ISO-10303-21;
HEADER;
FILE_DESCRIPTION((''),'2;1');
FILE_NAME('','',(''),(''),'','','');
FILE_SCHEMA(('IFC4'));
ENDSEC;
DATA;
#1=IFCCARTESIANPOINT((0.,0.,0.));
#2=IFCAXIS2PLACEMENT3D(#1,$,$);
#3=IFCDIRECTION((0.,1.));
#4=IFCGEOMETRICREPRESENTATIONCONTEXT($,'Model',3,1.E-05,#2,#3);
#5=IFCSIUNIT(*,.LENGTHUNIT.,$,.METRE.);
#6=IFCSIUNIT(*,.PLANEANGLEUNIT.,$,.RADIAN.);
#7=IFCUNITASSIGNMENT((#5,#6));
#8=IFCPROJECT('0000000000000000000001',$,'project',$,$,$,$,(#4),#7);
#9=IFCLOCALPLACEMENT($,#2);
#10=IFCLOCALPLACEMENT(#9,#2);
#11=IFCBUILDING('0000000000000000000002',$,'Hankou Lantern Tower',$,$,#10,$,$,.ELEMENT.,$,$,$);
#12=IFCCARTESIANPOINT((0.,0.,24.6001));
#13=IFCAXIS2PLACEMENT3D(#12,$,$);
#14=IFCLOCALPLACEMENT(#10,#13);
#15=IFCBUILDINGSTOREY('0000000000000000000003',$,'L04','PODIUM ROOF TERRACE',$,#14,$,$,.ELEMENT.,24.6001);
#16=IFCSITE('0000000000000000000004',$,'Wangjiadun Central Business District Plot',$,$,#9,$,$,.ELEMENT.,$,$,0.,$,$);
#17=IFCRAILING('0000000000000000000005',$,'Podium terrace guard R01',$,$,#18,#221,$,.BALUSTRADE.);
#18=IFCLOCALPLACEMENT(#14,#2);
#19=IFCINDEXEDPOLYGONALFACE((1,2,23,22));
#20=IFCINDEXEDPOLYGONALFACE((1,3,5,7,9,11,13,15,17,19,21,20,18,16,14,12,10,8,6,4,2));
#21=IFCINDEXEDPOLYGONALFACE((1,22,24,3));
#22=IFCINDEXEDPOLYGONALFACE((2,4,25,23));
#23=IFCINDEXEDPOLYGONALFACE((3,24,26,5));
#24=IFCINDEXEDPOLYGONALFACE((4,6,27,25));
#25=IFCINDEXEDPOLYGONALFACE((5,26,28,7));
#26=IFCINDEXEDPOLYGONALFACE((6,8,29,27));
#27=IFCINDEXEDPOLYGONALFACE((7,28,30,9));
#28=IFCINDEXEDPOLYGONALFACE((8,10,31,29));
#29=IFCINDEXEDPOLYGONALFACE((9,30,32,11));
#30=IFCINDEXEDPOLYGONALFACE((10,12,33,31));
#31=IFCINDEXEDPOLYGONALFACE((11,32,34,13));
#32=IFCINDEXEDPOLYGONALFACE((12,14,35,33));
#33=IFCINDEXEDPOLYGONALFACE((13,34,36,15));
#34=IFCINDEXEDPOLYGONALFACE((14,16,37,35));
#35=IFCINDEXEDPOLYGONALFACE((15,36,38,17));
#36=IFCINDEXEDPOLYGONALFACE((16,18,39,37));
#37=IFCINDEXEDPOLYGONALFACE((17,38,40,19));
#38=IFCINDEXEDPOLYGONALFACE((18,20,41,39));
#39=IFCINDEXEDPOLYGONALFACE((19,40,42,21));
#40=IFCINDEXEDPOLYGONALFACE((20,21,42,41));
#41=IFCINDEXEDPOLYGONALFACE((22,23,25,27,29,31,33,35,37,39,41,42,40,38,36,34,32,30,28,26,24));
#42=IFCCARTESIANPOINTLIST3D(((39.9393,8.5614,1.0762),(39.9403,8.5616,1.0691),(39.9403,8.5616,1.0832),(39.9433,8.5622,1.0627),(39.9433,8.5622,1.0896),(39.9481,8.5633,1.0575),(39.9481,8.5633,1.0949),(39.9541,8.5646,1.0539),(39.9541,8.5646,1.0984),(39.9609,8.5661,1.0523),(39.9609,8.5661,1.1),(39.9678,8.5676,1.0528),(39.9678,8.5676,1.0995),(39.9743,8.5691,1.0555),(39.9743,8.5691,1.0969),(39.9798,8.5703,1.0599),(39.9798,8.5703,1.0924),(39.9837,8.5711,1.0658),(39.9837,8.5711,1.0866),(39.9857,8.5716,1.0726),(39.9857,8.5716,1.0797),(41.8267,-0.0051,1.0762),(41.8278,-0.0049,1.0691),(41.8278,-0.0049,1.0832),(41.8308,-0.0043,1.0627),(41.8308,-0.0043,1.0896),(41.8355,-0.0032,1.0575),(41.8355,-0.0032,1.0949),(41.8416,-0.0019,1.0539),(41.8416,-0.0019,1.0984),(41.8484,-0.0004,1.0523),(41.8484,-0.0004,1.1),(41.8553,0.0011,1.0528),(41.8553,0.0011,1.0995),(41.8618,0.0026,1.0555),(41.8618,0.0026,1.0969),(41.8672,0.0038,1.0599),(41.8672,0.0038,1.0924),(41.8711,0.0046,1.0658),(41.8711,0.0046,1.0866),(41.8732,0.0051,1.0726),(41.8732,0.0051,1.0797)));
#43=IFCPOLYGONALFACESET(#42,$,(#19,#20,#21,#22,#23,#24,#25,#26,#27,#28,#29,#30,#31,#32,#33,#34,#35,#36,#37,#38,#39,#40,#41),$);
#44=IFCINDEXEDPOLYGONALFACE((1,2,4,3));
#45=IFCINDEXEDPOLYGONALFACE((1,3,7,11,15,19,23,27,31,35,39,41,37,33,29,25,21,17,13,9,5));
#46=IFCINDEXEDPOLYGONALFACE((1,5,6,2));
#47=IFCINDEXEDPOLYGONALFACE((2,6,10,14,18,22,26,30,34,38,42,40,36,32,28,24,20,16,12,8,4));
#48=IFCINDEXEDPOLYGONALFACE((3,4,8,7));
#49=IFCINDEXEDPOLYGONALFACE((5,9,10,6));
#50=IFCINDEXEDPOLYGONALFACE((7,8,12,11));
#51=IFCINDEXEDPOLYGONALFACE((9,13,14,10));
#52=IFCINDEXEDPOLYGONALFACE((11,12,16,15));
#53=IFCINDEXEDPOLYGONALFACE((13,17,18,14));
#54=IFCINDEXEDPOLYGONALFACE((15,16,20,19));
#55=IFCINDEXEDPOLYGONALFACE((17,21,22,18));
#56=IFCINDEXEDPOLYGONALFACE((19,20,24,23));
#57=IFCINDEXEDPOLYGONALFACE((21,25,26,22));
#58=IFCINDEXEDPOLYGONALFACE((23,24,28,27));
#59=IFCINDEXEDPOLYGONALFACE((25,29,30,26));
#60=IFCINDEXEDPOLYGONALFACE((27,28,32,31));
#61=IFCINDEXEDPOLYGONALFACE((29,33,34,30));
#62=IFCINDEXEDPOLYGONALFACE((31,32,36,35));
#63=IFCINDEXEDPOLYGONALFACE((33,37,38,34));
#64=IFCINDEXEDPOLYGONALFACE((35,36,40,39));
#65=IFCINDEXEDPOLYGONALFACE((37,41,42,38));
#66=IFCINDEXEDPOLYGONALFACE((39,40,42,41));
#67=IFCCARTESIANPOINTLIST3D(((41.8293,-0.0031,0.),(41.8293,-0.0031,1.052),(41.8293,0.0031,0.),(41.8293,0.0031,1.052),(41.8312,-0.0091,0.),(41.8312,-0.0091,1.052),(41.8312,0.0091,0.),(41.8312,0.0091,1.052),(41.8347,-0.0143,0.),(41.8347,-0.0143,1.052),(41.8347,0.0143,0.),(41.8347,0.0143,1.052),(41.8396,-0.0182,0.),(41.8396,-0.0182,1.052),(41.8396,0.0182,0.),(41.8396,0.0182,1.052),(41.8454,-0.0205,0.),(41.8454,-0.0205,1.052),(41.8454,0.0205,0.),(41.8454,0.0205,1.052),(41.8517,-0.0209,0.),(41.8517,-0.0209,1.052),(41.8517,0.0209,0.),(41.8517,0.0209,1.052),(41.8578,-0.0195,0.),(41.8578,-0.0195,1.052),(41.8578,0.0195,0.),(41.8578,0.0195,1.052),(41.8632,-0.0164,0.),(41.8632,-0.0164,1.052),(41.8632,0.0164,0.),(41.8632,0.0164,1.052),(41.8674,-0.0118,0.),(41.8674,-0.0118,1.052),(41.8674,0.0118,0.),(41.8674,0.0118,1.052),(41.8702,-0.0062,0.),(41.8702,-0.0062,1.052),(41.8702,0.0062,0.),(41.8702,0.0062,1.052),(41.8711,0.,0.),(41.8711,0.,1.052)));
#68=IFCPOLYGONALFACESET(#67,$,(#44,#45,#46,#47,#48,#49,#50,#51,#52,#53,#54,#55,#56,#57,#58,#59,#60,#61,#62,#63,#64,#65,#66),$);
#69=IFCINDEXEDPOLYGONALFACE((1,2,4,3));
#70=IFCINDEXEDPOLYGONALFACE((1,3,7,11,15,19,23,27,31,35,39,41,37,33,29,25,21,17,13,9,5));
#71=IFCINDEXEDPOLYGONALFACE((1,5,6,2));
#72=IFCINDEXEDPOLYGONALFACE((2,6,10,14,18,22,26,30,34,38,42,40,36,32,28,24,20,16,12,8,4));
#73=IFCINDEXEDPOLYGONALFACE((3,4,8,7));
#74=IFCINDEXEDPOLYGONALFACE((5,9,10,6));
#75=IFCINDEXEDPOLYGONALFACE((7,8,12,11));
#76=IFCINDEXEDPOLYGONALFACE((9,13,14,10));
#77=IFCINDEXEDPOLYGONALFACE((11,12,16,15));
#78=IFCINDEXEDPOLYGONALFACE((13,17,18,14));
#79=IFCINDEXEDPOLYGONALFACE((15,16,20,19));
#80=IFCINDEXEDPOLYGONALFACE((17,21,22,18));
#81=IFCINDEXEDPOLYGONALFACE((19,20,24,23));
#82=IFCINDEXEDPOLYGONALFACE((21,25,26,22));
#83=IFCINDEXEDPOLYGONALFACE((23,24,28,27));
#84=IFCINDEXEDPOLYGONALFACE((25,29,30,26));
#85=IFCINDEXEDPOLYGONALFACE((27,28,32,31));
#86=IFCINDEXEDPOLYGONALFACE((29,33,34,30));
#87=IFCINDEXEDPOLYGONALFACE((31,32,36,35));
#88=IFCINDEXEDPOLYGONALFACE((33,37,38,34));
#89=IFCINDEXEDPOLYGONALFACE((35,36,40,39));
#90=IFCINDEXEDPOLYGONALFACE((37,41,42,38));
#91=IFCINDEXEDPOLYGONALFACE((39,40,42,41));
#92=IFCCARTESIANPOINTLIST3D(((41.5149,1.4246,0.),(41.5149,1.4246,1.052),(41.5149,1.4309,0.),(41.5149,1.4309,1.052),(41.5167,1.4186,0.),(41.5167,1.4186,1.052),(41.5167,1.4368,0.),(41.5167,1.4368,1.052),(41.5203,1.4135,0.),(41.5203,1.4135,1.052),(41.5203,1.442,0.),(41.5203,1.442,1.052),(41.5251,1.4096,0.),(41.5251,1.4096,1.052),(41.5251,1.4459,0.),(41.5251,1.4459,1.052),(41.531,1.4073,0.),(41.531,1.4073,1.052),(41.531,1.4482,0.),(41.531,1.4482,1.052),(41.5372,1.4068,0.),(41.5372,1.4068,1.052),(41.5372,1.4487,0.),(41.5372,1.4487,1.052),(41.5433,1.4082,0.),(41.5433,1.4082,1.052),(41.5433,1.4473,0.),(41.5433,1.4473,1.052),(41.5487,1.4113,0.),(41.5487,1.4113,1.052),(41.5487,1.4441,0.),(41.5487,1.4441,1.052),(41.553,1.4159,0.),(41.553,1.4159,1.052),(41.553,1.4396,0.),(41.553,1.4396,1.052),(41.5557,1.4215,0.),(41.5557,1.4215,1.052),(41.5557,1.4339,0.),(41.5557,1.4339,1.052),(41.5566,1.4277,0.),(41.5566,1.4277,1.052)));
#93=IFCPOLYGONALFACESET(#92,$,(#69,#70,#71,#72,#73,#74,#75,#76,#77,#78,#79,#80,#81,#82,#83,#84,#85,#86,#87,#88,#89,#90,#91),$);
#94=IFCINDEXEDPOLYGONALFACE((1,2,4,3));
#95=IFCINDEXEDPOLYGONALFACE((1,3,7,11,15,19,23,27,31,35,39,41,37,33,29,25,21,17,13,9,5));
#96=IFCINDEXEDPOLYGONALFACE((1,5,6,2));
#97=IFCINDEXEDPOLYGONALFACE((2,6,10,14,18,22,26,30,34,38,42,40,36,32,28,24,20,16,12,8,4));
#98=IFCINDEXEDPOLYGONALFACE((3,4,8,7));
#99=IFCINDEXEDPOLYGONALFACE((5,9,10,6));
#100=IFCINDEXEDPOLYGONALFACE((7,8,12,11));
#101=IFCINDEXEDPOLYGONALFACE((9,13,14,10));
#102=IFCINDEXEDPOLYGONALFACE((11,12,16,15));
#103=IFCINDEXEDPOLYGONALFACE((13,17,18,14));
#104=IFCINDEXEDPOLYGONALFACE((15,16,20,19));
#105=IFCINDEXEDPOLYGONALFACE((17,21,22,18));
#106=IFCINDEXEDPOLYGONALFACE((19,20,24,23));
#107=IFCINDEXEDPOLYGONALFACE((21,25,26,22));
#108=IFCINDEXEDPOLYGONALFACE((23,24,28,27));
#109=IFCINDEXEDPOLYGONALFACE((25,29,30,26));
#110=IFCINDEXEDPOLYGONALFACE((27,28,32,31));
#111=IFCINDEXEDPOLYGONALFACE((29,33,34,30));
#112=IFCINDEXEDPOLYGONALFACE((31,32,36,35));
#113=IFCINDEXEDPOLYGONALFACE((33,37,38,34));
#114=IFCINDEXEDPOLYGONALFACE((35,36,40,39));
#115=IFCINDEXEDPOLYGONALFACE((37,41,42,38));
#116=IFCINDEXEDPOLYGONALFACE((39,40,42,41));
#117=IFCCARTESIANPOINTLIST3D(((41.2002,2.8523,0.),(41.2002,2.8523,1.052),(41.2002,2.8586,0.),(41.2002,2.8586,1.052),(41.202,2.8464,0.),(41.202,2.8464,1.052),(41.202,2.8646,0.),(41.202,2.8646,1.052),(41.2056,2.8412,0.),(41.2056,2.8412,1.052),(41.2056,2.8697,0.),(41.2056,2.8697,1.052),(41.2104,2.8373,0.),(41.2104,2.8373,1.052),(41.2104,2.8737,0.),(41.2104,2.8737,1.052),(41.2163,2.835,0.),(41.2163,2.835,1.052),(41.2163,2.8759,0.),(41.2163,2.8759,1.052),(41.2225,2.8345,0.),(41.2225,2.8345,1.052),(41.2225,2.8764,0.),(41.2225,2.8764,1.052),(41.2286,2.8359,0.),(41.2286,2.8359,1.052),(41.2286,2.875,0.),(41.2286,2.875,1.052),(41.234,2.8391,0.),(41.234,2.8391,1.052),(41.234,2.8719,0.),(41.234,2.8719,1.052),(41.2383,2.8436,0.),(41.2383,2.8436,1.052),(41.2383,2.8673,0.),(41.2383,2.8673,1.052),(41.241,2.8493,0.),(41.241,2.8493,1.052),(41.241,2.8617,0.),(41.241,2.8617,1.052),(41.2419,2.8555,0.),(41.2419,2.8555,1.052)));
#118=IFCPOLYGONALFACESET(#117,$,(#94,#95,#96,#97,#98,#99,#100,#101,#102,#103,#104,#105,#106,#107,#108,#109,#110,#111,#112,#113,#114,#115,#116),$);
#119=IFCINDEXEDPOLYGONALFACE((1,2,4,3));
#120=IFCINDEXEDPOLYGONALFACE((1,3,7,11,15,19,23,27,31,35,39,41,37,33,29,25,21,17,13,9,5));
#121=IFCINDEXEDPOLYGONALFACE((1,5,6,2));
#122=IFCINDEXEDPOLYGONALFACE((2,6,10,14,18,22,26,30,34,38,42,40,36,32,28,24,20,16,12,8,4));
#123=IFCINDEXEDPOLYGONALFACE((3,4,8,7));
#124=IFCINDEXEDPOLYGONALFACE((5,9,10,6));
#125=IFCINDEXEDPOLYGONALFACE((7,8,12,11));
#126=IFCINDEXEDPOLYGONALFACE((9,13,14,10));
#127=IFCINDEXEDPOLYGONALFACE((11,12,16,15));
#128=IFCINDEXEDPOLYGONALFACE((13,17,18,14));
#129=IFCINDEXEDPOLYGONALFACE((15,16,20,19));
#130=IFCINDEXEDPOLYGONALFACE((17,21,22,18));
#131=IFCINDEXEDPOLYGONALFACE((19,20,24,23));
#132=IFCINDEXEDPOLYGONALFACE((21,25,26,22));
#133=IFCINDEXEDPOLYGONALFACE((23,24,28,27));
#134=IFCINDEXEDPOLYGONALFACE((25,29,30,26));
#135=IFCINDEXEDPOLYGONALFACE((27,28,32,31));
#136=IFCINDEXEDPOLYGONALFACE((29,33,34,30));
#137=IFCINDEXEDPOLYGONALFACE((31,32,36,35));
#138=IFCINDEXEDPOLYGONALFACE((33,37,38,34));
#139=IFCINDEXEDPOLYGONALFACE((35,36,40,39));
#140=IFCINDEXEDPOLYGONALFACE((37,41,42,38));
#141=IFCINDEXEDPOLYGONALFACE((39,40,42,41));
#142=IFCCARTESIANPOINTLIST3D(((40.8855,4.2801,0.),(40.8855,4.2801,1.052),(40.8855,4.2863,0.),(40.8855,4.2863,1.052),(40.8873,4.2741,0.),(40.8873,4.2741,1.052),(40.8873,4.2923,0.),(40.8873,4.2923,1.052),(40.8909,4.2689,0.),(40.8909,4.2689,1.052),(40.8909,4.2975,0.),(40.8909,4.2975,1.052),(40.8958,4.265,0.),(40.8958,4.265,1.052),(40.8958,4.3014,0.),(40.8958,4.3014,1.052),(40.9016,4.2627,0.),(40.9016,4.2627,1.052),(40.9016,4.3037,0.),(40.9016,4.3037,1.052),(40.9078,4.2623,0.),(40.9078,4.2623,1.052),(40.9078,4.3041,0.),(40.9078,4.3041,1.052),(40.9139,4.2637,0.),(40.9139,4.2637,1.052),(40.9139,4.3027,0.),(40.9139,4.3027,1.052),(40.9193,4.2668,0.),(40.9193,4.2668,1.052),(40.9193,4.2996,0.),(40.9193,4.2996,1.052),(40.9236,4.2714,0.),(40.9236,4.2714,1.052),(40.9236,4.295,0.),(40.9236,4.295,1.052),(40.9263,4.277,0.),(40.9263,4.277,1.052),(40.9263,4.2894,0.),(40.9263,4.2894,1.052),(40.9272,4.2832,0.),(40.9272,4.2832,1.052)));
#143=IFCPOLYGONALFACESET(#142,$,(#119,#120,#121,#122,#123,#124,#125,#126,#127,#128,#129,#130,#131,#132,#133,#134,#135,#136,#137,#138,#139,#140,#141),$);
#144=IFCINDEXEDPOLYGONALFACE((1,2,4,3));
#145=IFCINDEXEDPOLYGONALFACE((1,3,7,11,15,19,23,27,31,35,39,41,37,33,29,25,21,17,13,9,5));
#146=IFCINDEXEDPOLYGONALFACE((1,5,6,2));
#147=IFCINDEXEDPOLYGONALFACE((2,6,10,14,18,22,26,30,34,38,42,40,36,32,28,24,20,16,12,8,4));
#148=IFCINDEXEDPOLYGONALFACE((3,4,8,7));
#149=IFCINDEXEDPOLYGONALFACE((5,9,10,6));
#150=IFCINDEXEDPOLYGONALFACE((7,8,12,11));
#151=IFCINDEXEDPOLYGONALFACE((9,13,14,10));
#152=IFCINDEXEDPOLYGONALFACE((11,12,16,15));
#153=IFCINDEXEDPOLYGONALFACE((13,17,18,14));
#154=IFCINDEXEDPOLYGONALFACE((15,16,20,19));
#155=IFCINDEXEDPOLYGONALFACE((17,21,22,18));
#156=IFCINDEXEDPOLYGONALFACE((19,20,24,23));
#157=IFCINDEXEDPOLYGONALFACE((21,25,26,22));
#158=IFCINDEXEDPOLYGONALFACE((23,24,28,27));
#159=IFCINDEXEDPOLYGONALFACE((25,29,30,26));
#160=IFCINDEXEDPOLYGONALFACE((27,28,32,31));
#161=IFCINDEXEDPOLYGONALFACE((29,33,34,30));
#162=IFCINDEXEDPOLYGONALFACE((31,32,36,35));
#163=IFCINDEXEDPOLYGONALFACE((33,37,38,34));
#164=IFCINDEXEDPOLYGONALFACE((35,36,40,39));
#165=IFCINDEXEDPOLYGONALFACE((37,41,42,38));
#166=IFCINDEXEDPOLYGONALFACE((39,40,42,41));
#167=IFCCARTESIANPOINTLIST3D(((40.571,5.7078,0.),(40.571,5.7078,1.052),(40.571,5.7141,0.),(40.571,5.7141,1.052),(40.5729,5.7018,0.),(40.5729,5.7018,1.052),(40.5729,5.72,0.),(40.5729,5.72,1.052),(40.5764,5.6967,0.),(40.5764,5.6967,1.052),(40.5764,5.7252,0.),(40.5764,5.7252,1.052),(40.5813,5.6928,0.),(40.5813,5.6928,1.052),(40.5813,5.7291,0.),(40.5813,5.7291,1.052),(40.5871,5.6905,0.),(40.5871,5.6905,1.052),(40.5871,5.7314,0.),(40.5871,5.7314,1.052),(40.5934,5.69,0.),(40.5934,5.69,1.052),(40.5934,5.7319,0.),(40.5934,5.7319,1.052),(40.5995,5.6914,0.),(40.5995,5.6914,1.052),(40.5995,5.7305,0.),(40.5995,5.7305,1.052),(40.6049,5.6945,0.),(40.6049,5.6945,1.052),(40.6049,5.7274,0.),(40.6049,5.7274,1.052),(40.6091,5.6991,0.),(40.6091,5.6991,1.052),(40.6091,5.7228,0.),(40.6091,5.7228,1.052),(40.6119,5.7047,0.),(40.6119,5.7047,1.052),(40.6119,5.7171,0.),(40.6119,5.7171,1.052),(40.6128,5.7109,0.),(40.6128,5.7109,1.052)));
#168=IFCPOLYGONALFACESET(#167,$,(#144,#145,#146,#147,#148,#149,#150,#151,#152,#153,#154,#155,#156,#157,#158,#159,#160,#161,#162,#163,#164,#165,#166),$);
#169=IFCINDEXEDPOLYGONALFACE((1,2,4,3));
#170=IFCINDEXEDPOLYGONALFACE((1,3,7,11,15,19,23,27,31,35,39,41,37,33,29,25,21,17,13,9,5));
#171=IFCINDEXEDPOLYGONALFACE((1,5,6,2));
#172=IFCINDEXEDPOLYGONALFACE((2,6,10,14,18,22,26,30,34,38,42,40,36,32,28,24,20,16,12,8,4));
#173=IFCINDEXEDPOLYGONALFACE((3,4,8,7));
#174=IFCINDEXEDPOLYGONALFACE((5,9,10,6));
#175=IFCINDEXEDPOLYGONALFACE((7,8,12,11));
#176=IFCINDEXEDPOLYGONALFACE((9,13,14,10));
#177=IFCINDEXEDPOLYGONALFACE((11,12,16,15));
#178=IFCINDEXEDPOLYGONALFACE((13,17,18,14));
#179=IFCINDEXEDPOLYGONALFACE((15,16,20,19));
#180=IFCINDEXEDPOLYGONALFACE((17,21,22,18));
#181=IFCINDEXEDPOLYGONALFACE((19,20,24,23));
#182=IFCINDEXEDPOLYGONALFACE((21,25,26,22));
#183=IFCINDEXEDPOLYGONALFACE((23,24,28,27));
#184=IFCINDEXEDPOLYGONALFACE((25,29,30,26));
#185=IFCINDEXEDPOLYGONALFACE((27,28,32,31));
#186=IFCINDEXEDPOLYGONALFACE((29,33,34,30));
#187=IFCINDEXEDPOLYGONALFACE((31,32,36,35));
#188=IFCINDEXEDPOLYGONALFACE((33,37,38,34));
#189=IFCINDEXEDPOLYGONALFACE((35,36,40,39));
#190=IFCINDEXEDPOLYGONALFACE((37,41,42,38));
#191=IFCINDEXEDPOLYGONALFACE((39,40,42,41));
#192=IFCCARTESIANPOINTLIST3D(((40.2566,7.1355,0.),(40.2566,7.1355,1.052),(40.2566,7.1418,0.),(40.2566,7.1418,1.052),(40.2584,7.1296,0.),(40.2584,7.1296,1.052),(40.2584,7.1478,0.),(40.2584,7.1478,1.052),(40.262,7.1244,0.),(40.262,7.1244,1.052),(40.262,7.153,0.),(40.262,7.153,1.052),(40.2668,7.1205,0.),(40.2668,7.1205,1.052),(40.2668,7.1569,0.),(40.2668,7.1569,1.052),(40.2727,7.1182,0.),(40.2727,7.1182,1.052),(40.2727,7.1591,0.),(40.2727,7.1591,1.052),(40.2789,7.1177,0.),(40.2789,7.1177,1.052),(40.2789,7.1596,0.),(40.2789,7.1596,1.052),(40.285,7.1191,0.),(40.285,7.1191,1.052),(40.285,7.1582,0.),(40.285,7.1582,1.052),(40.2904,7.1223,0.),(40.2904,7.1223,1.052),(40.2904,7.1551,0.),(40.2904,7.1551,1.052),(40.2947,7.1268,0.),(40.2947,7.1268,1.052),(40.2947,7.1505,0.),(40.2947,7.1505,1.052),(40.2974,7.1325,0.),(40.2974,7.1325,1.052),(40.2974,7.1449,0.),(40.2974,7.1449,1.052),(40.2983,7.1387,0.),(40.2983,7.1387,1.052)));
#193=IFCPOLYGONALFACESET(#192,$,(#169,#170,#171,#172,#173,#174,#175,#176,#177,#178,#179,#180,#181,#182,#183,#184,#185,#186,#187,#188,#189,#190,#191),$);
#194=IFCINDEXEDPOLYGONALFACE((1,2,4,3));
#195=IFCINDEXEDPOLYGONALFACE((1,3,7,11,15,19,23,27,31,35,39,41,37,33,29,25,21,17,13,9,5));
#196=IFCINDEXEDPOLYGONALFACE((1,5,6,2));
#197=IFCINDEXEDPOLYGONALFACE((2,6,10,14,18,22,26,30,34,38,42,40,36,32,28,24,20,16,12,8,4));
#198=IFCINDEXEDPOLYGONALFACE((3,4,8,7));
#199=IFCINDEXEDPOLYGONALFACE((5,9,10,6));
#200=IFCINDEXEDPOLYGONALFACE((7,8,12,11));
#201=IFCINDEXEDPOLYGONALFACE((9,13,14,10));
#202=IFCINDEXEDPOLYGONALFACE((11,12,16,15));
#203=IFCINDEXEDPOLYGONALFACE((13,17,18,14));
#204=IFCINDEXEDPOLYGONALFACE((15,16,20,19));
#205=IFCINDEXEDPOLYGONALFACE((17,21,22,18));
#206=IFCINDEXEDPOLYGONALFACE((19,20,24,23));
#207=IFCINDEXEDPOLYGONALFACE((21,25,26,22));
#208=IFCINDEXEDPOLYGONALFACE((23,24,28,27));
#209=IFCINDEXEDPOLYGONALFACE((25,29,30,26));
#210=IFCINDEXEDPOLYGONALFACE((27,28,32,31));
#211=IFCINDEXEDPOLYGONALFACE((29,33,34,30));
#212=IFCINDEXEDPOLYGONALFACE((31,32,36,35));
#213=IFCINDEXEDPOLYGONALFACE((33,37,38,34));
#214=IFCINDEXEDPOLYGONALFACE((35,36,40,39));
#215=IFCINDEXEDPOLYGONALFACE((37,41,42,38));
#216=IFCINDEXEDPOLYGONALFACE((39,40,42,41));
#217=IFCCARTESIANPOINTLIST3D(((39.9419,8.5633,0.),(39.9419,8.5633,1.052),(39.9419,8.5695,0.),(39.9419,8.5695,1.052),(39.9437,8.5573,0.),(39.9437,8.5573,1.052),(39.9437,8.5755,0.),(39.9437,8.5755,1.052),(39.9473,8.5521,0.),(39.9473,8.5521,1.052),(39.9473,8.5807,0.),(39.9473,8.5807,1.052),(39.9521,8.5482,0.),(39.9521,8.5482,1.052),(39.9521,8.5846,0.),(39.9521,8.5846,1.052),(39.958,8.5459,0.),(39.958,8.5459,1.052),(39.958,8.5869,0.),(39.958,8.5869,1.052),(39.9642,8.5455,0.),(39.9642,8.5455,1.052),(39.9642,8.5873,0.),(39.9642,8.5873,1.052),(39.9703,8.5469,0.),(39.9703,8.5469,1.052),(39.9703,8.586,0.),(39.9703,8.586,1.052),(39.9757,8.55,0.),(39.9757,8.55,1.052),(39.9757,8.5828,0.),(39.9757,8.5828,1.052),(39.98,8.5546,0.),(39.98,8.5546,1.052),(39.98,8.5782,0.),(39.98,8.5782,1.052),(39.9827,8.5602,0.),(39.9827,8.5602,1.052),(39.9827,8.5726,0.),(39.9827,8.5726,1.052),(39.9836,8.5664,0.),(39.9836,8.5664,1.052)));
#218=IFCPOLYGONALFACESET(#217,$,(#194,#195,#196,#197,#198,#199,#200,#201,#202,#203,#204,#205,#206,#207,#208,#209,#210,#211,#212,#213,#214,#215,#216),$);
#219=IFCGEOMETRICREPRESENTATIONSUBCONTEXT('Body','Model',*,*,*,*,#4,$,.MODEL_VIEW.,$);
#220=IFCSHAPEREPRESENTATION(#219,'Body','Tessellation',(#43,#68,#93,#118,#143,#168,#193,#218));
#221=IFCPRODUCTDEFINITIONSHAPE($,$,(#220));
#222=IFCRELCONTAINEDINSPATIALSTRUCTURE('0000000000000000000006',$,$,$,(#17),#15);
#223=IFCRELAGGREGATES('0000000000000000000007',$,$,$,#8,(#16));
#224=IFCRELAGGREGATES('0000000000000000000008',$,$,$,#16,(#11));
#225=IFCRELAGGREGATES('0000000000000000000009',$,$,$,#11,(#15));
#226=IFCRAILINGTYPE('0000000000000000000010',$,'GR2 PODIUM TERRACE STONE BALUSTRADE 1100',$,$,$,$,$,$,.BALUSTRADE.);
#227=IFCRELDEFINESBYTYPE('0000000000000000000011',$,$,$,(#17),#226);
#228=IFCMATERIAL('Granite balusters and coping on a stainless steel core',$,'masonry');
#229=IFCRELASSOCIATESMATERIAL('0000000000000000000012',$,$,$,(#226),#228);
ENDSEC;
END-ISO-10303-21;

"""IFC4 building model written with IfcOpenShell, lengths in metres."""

from ifc_helpers import new_model, si_unit, direction, frame, origin, origin_2d, place, context, subcontext, project, spatial, circle, extrude, material, type_object, element, save


model = new_model("IFC4")

# Units and contexts
model_context = context("Model", 3, precision=1e-05, world=origin(), true_north=direction((0.0, 1.0)))
body_context = subcontext(model_context, "Body", "Model", "MODEL_VIEW")
ifc_project = project(units=[si_unit("LENGTHUNIT", "METRE"), si_unit("PLANEANGLEUNIT", "RADIAN")], contexts=[model_context])

# Site, building, storey
site_placement = place(None, origin())
site = spatial("IfcSite", under=ifc_project, at=site_placement, Name="Wangjiadun Central Business District Plot", CompositionType="ELEMENT", RefElevation=0.0)
building_placement = place(site_placement, origin())
building = spatial("IfcBuilding", under=site, at=building_placement, Name="Hankou Lantern Tower", CompositionType="ELEMENT")
storey_placement = place(building_placement, frame((0.0, 0.0, 24.6001)))
storey = spatial("IfcBuildingStorey", under=building, at=storey_placement, Name="L04", Description="PODIUM ROOF TERRACE", CompositionType="ELEMENT", Elevation=24.6001)

# Railing
ifc_material_1 = material(Name="Granite balusters and coping on a stainless steel core", Category="masonry")
railing_type = type_object("IfcRailingType", Name="GR2 PODIUM TERRACE STONE BALUSTRADE 1100", PredefinedType="BALUSTRADE", material=ifc_material_1)
railing_1_placement = place(storey_placement, frame((41.8501, 0.0, 0.0)))
element("IfcRailing", 1, at=railing_1_placement, inside=storey, type_object=railing_type, Name="Podium terrace guard R01", PredefinedType="BALUSTRADE", context=body_context, shape_type="SweptSolid", body=[
    extrude(circle(Radius=0.0239, at=origin_2d()), frame((0.0, 0.0, 1.0762), z_axis=(-0.215171, 0.976576, 0.0), x_axis=(-0.976576, -0.215171, 0.0)), (0.0, 0.0, 1.0), 8.772),
    extrude(circle(Radius=0.021, at=origin_2d()), origin(), (0.0, 0.0, 1.0), 1.052),
    extrude(circle(Radius=0.021, at=origin_2d()), frame((-0.3145, 1.4277, 0.0)), (0.0, 0.0, 1.0), 1.052),
    extrude(circle(Radius=0.021, at=origin_2d()), frame((-0.6292, 2.8555, 0.0)), (0.0, 0.0, 1.0), 1.052),
    extrude(circle(Radius=0.021, at=origin_2d()), frame((-0.9438, 4.2832, 0.0)), (0.0, 0.0, 1.0), 1.052),
    extrude(circle(Radius=0.021, at=origin_2d()), frame((-1.2583, 5.7109, 0.0)), (0.0, 0.0, 1.0), 1.052),
    extrude(circle(Radius=0.021, at=origin_2d()), frame((-1.5728, 7.1387, 0.0)), (0.0, 0.0, 1.0), 1.052),
    extrude(circle(Radius=0.021, at=origin_2d()), frame((-1.8875, 8.5664, 0.0)), (0.0, 0.0, 1.0), 1.052),
])

save(model, "model.ifc")
